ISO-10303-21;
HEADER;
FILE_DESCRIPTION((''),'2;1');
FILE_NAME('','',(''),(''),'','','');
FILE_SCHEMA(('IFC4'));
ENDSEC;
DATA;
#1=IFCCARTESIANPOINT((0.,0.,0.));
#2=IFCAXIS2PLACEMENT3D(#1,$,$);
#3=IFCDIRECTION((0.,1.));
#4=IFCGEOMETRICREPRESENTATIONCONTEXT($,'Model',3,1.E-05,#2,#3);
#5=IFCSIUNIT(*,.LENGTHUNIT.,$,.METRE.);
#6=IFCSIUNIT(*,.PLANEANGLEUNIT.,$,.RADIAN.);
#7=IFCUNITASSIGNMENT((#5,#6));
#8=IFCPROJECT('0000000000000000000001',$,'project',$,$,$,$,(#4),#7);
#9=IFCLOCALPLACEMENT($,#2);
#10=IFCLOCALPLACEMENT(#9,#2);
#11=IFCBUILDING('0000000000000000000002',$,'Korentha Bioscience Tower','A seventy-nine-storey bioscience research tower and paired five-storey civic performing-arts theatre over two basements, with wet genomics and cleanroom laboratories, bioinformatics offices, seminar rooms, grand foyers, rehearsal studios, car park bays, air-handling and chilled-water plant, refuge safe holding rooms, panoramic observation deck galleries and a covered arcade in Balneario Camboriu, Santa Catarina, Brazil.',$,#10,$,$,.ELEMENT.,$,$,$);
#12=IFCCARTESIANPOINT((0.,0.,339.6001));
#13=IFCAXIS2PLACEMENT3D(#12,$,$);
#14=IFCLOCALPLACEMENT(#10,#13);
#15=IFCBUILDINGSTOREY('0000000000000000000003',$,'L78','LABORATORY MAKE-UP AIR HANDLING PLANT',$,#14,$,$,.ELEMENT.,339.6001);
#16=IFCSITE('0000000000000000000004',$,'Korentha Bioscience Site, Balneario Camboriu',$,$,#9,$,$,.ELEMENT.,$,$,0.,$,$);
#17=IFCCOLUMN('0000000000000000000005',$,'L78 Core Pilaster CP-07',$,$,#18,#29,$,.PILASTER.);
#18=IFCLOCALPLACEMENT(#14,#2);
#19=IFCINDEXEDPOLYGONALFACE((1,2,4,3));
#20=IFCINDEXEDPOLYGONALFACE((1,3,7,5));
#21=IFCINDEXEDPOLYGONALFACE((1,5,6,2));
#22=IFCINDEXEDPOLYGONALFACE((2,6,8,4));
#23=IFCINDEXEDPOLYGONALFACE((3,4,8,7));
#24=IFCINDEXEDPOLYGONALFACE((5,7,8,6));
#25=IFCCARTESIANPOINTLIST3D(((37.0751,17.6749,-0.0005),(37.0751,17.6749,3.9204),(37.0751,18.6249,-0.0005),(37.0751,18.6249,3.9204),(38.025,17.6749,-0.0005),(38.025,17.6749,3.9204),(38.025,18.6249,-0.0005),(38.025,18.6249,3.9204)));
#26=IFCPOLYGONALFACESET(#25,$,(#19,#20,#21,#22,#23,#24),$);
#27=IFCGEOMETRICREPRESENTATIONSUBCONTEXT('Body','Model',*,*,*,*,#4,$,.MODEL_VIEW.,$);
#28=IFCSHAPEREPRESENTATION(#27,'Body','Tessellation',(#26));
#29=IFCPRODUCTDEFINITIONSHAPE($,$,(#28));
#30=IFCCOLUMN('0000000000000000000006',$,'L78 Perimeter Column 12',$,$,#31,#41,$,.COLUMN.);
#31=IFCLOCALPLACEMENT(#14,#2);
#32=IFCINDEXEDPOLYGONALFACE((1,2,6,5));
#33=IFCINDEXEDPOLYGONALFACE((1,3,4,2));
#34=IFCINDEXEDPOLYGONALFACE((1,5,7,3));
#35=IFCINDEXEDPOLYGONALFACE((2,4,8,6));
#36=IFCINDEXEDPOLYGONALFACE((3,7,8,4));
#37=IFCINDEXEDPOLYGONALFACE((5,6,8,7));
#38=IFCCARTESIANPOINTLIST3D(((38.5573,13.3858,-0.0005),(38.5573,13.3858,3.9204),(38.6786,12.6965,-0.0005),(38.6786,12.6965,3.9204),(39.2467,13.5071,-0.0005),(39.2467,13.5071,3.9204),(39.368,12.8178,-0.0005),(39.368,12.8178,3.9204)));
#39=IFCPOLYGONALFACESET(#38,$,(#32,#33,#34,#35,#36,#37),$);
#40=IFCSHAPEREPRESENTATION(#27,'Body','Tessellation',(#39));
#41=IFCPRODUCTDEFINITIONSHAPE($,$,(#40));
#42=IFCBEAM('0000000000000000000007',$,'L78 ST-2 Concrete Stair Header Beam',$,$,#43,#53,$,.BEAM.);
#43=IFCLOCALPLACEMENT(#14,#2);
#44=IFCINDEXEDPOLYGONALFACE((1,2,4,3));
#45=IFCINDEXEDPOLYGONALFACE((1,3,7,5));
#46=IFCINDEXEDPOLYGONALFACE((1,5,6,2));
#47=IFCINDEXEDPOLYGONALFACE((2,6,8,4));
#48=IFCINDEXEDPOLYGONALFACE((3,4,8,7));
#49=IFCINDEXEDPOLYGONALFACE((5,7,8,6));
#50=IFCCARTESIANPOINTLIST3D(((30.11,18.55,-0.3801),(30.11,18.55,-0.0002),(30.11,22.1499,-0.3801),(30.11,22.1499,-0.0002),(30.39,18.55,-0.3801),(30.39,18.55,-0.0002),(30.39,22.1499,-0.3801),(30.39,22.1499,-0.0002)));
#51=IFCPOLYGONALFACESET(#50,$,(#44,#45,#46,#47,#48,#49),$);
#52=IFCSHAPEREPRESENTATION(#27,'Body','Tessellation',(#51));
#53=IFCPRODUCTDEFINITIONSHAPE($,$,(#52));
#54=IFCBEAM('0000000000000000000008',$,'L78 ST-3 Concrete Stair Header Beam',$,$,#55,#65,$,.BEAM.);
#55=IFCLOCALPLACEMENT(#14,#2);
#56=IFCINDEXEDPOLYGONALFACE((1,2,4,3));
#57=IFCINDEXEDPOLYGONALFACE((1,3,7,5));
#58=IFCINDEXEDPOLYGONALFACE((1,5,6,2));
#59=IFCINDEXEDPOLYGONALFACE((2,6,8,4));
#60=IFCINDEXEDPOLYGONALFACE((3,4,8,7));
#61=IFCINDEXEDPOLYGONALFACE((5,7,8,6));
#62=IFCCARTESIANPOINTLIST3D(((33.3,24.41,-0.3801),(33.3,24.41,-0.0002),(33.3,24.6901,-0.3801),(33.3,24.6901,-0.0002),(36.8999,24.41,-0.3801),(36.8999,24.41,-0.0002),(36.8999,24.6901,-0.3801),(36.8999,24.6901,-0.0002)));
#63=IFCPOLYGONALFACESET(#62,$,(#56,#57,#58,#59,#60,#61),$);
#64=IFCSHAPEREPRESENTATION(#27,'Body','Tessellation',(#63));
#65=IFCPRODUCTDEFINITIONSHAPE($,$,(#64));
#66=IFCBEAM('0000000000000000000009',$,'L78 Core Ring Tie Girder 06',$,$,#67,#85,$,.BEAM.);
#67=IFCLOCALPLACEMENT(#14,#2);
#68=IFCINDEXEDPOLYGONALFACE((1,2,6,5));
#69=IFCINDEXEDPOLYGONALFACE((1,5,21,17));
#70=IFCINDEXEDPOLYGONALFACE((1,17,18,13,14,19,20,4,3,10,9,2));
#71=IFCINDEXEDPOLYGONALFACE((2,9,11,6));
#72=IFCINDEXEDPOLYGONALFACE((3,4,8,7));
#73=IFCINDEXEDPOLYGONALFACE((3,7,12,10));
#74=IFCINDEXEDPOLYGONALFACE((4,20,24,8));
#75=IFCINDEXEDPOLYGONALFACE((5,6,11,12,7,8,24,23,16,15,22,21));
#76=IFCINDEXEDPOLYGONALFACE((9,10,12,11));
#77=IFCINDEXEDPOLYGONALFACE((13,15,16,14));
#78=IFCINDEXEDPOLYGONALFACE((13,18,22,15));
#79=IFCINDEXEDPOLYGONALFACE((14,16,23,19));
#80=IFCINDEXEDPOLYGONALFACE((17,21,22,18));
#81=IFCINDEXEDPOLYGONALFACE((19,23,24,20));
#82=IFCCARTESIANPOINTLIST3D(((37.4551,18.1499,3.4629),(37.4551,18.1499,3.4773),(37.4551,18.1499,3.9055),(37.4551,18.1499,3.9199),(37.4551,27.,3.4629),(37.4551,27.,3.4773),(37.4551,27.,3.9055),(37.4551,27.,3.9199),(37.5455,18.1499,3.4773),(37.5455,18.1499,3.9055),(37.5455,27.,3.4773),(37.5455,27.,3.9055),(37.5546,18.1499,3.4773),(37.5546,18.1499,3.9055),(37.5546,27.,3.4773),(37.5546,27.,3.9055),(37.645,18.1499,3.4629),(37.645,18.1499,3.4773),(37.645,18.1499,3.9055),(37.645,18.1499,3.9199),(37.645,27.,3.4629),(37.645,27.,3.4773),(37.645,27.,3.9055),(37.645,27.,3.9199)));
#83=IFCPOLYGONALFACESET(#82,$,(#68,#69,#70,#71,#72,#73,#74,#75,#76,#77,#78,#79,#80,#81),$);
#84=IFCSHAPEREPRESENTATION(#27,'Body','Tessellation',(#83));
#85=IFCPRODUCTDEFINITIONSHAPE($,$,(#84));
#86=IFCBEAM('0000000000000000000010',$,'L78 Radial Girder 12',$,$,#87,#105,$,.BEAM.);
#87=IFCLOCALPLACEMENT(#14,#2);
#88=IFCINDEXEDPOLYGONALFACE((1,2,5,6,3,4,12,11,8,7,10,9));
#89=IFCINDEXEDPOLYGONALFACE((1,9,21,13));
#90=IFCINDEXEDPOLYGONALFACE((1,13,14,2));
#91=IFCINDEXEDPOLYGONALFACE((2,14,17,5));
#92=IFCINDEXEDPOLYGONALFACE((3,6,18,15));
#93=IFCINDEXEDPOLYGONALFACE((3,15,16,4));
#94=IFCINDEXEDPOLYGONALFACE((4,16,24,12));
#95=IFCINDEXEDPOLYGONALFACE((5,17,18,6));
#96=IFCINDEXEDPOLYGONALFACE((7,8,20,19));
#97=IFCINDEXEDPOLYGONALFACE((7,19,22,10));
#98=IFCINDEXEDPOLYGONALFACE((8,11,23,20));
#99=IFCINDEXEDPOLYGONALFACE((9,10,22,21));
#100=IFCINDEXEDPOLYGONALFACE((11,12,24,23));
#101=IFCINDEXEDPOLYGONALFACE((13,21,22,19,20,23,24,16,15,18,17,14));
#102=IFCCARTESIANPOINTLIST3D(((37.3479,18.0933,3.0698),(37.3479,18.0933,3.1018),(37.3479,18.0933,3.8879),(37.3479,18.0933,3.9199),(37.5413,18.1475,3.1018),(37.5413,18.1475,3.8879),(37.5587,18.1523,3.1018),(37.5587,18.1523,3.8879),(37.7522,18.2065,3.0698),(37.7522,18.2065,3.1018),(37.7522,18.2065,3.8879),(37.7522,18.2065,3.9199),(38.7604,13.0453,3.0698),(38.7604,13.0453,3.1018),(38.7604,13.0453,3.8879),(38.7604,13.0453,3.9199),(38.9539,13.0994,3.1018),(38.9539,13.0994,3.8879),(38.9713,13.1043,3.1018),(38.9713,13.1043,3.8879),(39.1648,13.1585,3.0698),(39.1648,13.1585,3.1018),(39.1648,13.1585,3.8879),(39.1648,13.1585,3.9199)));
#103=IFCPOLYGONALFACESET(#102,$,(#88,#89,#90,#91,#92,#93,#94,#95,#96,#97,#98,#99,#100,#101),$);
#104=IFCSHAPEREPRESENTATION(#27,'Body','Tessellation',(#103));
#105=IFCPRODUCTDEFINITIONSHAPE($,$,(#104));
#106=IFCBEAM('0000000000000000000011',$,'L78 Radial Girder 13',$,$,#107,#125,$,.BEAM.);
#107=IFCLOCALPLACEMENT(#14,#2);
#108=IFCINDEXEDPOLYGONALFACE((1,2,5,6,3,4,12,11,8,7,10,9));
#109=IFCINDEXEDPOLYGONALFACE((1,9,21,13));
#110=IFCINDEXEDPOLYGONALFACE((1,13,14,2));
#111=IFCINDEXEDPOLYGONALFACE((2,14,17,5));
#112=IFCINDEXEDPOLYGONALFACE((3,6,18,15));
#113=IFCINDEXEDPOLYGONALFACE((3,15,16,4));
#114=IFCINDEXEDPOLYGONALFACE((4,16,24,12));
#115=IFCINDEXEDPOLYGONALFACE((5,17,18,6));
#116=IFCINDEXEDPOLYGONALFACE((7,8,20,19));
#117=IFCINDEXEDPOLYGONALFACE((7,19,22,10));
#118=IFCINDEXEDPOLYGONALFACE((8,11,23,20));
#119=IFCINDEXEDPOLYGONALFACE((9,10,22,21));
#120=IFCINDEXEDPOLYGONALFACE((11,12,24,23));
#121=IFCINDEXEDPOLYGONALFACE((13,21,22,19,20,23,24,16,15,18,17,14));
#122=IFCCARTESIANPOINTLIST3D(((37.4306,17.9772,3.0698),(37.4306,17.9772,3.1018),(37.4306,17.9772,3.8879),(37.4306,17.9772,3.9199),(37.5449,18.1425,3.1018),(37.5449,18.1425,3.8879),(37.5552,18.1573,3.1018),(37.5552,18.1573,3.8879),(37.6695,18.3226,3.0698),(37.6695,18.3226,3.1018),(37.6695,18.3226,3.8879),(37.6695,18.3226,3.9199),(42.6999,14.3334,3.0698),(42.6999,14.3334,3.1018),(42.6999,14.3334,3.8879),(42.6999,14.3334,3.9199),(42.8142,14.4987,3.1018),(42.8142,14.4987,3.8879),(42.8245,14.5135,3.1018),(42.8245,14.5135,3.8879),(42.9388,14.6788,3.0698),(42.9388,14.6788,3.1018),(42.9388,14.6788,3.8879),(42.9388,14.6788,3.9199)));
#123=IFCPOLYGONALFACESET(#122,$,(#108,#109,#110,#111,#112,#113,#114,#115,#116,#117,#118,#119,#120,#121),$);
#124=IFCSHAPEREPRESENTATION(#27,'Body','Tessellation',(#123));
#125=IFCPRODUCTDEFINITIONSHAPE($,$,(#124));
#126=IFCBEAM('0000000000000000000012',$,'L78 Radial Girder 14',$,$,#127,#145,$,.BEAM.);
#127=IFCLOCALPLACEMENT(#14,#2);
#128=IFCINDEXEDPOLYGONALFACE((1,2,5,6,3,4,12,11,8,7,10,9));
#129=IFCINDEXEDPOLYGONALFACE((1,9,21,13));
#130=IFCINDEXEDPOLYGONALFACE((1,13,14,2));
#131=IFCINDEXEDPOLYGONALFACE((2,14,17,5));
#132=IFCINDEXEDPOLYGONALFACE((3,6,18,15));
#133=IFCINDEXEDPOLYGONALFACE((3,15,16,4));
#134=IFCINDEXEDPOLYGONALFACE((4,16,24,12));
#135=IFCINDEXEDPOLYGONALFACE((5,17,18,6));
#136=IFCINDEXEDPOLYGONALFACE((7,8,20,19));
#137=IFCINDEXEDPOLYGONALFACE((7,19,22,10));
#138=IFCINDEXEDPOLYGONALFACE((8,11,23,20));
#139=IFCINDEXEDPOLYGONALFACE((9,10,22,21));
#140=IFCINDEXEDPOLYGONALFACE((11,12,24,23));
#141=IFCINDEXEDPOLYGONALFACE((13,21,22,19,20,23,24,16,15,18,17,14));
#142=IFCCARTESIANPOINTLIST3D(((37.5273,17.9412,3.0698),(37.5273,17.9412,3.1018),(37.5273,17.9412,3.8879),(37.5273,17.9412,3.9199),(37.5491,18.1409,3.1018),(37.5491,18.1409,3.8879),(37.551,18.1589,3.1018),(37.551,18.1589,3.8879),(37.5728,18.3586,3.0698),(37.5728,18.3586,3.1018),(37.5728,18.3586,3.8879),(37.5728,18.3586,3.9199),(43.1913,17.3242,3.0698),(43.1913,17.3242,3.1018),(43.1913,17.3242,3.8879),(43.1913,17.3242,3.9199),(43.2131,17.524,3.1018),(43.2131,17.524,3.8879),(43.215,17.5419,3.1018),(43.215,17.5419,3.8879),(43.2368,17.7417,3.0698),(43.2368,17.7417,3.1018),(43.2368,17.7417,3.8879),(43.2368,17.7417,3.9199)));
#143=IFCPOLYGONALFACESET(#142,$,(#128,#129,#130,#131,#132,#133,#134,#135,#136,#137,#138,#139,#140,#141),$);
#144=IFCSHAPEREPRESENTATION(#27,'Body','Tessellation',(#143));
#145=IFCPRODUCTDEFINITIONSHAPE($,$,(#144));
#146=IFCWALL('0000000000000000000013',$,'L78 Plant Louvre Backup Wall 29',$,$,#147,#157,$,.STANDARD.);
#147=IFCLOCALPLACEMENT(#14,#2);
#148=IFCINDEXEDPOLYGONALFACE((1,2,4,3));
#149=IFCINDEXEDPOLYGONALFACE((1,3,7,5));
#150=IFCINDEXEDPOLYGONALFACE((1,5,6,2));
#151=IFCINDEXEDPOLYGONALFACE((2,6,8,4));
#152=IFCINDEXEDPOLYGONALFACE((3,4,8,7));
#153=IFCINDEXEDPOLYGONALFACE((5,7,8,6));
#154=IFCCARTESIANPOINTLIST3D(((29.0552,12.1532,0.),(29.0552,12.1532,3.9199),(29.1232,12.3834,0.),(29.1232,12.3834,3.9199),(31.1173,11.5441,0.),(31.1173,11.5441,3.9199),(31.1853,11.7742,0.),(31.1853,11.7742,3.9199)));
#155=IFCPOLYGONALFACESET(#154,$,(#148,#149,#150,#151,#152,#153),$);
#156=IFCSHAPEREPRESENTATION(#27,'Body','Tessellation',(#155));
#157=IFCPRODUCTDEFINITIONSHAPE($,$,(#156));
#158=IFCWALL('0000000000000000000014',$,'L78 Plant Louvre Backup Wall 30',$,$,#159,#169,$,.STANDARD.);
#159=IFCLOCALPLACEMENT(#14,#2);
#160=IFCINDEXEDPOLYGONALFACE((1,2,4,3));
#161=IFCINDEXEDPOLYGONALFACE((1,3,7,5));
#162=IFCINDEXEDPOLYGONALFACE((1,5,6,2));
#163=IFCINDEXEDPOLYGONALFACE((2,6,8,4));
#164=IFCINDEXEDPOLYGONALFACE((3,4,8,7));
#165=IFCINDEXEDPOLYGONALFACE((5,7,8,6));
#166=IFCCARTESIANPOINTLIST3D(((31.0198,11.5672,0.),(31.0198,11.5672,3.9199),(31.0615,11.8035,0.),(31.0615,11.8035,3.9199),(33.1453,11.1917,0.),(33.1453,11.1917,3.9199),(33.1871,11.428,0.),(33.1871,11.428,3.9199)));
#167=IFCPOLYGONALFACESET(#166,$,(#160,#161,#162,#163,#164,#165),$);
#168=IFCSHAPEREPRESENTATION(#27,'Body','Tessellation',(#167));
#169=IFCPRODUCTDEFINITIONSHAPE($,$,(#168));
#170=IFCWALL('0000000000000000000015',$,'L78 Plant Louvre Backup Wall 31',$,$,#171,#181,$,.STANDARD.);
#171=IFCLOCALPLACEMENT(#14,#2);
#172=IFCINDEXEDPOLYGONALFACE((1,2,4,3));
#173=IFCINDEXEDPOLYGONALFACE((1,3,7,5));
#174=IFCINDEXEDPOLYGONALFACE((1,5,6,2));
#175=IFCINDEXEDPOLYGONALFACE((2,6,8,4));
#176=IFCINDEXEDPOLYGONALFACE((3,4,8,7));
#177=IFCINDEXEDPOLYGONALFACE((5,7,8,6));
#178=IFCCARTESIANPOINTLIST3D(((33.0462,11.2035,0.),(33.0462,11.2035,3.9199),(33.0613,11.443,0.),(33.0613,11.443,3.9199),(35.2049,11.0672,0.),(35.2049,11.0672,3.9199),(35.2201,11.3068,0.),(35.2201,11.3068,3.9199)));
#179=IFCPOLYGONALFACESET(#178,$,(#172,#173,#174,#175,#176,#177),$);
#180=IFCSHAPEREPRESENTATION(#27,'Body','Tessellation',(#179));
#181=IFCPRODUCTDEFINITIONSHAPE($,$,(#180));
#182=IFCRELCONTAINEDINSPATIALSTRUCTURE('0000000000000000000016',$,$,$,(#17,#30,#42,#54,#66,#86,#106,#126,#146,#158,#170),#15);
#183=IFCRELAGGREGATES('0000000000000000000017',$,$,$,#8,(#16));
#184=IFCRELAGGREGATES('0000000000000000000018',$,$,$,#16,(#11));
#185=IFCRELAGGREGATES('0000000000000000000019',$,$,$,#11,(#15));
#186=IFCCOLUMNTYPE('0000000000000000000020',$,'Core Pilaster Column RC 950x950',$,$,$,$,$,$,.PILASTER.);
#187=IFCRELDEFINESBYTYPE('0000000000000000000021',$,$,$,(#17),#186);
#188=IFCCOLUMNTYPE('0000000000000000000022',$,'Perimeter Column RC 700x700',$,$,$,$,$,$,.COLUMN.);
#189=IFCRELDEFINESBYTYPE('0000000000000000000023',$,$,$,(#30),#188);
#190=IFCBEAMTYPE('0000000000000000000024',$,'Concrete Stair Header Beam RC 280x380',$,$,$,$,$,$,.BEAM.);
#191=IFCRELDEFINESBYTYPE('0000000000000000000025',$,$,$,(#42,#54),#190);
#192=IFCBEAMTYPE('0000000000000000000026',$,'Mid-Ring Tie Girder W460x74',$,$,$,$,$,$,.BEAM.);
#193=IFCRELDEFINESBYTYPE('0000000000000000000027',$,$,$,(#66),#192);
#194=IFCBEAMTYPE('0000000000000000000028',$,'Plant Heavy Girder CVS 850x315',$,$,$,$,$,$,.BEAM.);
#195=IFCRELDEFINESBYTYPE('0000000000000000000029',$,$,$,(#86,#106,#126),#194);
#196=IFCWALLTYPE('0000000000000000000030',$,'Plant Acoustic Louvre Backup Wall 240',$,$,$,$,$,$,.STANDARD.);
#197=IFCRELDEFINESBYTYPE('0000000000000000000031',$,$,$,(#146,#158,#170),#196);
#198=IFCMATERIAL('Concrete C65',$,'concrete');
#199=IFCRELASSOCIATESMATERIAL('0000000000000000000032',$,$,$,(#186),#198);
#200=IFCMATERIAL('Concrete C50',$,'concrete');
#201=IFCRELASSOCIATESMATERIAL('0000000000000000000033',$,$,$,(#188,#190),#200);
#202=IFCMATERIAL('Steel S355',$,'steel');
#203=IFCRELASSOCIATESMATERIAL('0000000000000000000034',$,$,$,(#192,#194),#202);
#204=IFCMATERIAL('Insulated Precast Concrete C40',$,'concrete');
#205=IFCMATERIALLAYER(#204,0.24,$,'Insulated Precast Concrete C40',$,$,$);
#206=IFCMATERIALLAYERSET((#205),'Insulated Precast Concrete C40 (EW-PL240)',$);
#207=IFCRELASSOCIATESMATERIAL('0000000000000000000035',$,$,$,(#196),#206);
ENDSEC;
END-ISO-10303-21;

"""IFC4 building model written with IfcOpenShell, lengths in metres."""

from ifc_helpers import new_model, si_unit, direction, frame, frame_2d, origin, origin_2d, place, context, subcontext, project, spatial, rectangle, i_section, extrude, material, layer, layer_set, material_profile, profile_set, type_object, element, save


model = new_model("IFC4")

# Units and contexts
model_context = context("Model", 3, precision=1e-05, world=origin(), true_north=direction((0.0, 1.0)))
body_context = subcontext(model_context, "Body", "Model", "MODEL_VIEW")
ifc_project = project(units=[si_unit("LENGTHUNIT", "METRE"), si_unit("PLANEANGLEUNIT", "RADIAN")], contexts=[model_context])

# Site, building, storey
site_placement = place(None, origin())
site = spatial("IfcSite", under=ifc_project, at=site_placement, Name="Korentha Bioscience Site, Balneario Camboriu", CompositionType="ELEMENT", RefElevation=0.0)
building_placement = place(site_placement, origin())
building = spatial("IfcBuilding", under=site, at=building_placement, Name="Korentha Bioscience Tower", Description="A seventy-nine-storey bioscience research tower and paired five-storey civic performing-arts theatre over two basements, with wet genomics and cleanroom laboratories, bioinformatics offices, seminar rooms, grand foyers, rehearsal studios, car park bays, air-handling and chilled-water plant, refuge safe holding rooms, panoramic observation deck galleries and a covered arcade in Balneario Camboriu, Santa Catarina, Brazil.", CompositionType="ELEMENT")
storey_placement = place(building_placement, frame((0.0, 0.0, 339.6001)))
storey = spatial("IfcBuildingStorey", under=building, at=storey_placement, Name="L78", Description="LABORATORY MAKE-UP AIR HANDLING PLANT", CompositionType="ELEMENT", Elevation=339.6001)

# Columns
ifc_material_1 = material(Name="Concrete C65", Category="concrete")
ifc_material_profile_1 = material_profile(ifc_material_1, rectangle(XDim=0.95, YDim=0.95, at=origin_2d()), Name="Concrete C65")
ifc_profile_set_1 = profile_set([ifc_material_profile_1], Name="Concrete C65 (COL-CP09)")
column_type_1 = type_object("IfcColumnType", Name="Core Pilaster Column RC 950x950", PredefinedType="PILASTER", material=ifc_profile_set_1)
column_1_placement = place(storey_placement, frame((37.55, 18.1499, -0.0005), z_axis=(0.0, 0.0, 1.0), x_axis=(1.0, 0.0, 0.0)))
element("IfcColumn", 1, at=column_1_placement, inside=storey, type_object=column_type_1, Name="L78 Core Pilaster CP-07", PredefinedType="PILASTER", context=body_context, shape_type="SweptSolid", body=[
    extrude(rectangle(XDim=0.95, YDim=0.95, at=origin_2d()), origin(), (0.0, 0.0, 1.0), 3.9209),
])
ifc_material_2 = material(Name="Concrete C50", Category="concrete")
ifc_material_profile_2 = material_profile(ifc_material_2, rectangle(XDim=0.7, YDim=0.7, at=origin_2d()), Name="Concrete C50")
ifc_profile_set_2 = profile_set([ifc_material_profile_2], Name="Concrete C50 (COL-P07)")
column_type_2 = type_object("IfcColumnType", Name="Perimeter Column RC 700x700", PredefinedType="COLUMN", material=ifc_profile_set_2)
column_2_placement = place(storey_placement, frame((38.9626, 13.1018, -0.0005), z_axis=(0.0, 0.0, 1.0), x_axis=(0.984868, 0.173304, 0.0)))
element("IfcColumn", 2, at=column_2_placement, inside=storey, type_object=column_type_2, Name="L78 Perimeter Column 12", PredefinedType="COLUMN", context=body_context, shape_type="SweptSolid", body=[
    extrude(rectangle(XDim=0.7, YDim=0.7, at=origin_2d()), origin(), (0.0, 0.0, 1.0), 3.9209),
])

# Beams
ifc_material_profile_3 = material_profile(ifc_material_2, rectangle(XDim=0.28, YDim=0.3799, at=origin_2d()), Name="Concrete C50")
ifc_profile_set_3 = profile_set([ifc_material_profile_3], Name="Concrete C50 (ST-HB380)")
beam_type_1 = type_object("IfcBeamType", Name="Concrete Stair Header Beam RC 280x380", PredefinedType="BEAM", material=ifc_profile_set_3)
for number, where, z_axis, x_axis, name in (
    (3, (30.25, 18.55, -0.1902), (0.0, 1.0, 0.0), (-1.0, 0.0, 0.0), "L78 ST-2 Concrete Stair Header Beam"),
    (4, (36.8999, 24.55, -0.1902), (-1.0, 0.0, 0.0), (0.0, -1.0, 0.0), "L78 ST-3 Concrete Stair Header Beam"),
):
    element("IfcBeam", number, at=place(storey_placement, frame(where, z_axis=z_axis, x_axis=x_axis)), inside=storey, type_object=beam_type_1, Name=name, PredefinedType="BEAM", context=body_context, shape_type="SweptSolid", body=[
        extrude(rectangle(XDim=0.28, YDim=0.3799, at=origin_2d()), origin(), (0.0, 0.0, 1.0), 3.5999),
    ])
ifc_material_3 = material(Name="Steel S355", Category="steel")
ifc_material_profile_4 = material_profile(ifc_material_3, i_section(OverallWidth=0.1899, OverallDepth=0.457, WebThickness=0.009, FlangeThickness=0.0144, at=origin_2d()), Name="Steel S355")
ifc_profile_set_4 = profile_set([ifc_material_profile_4], Name="Steel S355 (MB-460)")
beam_type_2 = type_object("IfcBeamType", Name="Mid-Ring Tie Girder W460x74", PredefinedType="BEAM", material=ifc_profile_set_4)
beam_1_placement = place(storey_placement, frame((37.55, 18.1499, 3.6914), z_axis=(0.0, 1.0, 0.0), x_axis=(-1.0, 0.0, 0.0)))
element("IfcBeam", 5, at=beam_1_placement, inside=storey, type_object=beam_type_2, Name="L78 Core Ring Tie Girder 06", PredefinedType="BEAM", context=body_context, shape_type="SweptSolid", body=[
    extrude(i_section(OverallWidth=0.1899, OverallDepth=0.457, WebThickness=0.009, FlangeThickness=0.0144, at=origin_2d()), origin(), (0.0, 0.0, 1.0), 8.8501),
])
ifc_material_profile_5 = material_profile(ifc_material_3, i_section(OverallWidth=0.4199, OverallDepth=0.8501, WebThickness=0.0181, FlangeThickness=0.032, at=origin_2d()), Name="Steel S355")
ifc_profile_set_5 = profile_set([ifc_material_profile_5], Name="Steel S355 (MB-850)")
beam_type_3 = type_object("IfcBeamType", Name="Plant Heavy Girder CVS 850x315", PredefinedType="BEAM", material=ifc_profile_set_5)
beam_2_placement = place(storey_placement, frame((37.55, 18.1499, 3.4949), z_axis=(0.269476, -0.963007, 0.0), x_axis=(0.963007, 0.269476, 0.0)))
element("IfcBeam", 6, at=beam_2_placement, inside=storey, type_object=beam_type_3, Name="L78 Radial Girder 12", PredefinedType="BEAM", context=body_context, shape_type="SweptSolid", body=[
    extrude(i_section(OverallWidth=0.4199, OverallDepth=0.8501, WebThickness=0.0181, FlangeThickness=0.032, at=origin_2d()), origin(), (0.0, 0.0, 1.0), 5.2419),
])
beam_3_placement = place(storey_placement, frame((37.55, 18.1499, 3.4949), z_axis=(0.822497, -0.56877, 0.0), x_axis=(0.56877, 0.822497, 0.0)))
element("IfcBeam", 7, at=beam_3_placement, inside=storey, type_object=beam_type_3, Name="L78 Radial Girder 13", PredefinedType="BEAM", context=body_context, shape_type="SweptSolid", body=[
    extrude(i_section(OverallWidth=0.4199, OverallDepth=0.8501, WebThickness=0.0181, FlangeThickness=0.032, at=origin_2d()), origin(), (0.0, 0.0, 1.0), 6.4065),
])
beam_4_placement = place(storey_placement, frame((37.55, 18.1499, 3.4949), z_axis=(0.99412, -0.108282, 0.0), x_axis=(0.108282, 0.99412, 0.0)))
element("IfcBeam", 8, at=beam_4_placement, inside=storey, type_object=beam_type_3, Name="L78 Radial Girder 14", PredefinedType="BEAM", context=body_context, shape_type="SweptSolid", body=[
    extrude(i_section(OverallWidth=0.4199, OverallDepth=0.8501, WebThickness=0.0181, FlangeThickness=0.032, at=origin_2d()), origin(), (0.0, 0.0, 1.0), 5.6975),
])

# Walls
ifc_material_4 = material(Name="Insulated Precast Concrete C40", Category="concrete")
ifc_layer_1 = layer(ifc_material_4, 0.24, Name="Insulated Precast Concrete C40")
ifc_layer_set_1 = layer_set([ifc_layer_1], Name="Insulated Precast Concrete C40 (EW-PL240)")
wall_type_1 = type_object("IfcWallType", Name="Plant Acoustic Louvre Backup Wall 240", PredefinedType="STANDARD", material=ifc_layer_set_1)
wall_1_placement = place(storey_placement, frame((29.0891, 12.2683, 0.0), z_axis=(0.0, 0.0, 1.0), x_axis=(0.95903, -0.283303, 0.0)))
element("IfcWall", 9, at=wall_1_placement, inside=storey, type_object=wall_type_1, Name="L78 Plant Louvre Backup Wall 29", PredefinedType="STANDARD", context=body_context, shape_type="SweptSolid", body=[
    extrude(rectangle(XDim=2.1501, YDim=0.24, at=frame_2d((1.0752, 0.0))), origin(), (0.0, 0.0, 1.0), 3.9199),
])
wall_2_placement = place(storey_placement, frame((31.0408, 11.6853, 0.0), z_axis=(0.0, 0.0, 1.0), x_axis=(0.984752, -0.173966, 0.0)))
element("IfcWall", 10, at=wall_2_placement, inside=storey, type_object=wall_type_1, Name="L78 Plant Louvre Backup Wall 30", PredefinedType="STANDARD", context=body_context, shape_type="SweptSolid", body=[
    extrude(rectangle(XDim=2.1584, YDim=0.24, at=frame_2d((1.0791, 0.0))), origin(), (0.0, 0.0, 1.0), 3.9199),
])
wall_3_placement = place(storey_placement, frame((33.0537, 11.3232, 0.0), z_axis=(0.0, 0.0, 1.0), x_axis=(0.998015, -0.062983, 0.0)))
element("IfcWall", 11, at=wall_3_placement, inside=storey, type_object=wall_type_1, Name="L78 Plant Louvre Backup Wall 31", PredefinedType="STANDARD", context=body_context, shape_type="SweptSolid", body=[
    extrude(rectangle(XDim=2.1631, YDim=0.24, at=frame_2d((1.0815, 0.0))), origin(), (0.0, 0.0, 1.0), 3.9199),
])

save(model, "model.ifc")
